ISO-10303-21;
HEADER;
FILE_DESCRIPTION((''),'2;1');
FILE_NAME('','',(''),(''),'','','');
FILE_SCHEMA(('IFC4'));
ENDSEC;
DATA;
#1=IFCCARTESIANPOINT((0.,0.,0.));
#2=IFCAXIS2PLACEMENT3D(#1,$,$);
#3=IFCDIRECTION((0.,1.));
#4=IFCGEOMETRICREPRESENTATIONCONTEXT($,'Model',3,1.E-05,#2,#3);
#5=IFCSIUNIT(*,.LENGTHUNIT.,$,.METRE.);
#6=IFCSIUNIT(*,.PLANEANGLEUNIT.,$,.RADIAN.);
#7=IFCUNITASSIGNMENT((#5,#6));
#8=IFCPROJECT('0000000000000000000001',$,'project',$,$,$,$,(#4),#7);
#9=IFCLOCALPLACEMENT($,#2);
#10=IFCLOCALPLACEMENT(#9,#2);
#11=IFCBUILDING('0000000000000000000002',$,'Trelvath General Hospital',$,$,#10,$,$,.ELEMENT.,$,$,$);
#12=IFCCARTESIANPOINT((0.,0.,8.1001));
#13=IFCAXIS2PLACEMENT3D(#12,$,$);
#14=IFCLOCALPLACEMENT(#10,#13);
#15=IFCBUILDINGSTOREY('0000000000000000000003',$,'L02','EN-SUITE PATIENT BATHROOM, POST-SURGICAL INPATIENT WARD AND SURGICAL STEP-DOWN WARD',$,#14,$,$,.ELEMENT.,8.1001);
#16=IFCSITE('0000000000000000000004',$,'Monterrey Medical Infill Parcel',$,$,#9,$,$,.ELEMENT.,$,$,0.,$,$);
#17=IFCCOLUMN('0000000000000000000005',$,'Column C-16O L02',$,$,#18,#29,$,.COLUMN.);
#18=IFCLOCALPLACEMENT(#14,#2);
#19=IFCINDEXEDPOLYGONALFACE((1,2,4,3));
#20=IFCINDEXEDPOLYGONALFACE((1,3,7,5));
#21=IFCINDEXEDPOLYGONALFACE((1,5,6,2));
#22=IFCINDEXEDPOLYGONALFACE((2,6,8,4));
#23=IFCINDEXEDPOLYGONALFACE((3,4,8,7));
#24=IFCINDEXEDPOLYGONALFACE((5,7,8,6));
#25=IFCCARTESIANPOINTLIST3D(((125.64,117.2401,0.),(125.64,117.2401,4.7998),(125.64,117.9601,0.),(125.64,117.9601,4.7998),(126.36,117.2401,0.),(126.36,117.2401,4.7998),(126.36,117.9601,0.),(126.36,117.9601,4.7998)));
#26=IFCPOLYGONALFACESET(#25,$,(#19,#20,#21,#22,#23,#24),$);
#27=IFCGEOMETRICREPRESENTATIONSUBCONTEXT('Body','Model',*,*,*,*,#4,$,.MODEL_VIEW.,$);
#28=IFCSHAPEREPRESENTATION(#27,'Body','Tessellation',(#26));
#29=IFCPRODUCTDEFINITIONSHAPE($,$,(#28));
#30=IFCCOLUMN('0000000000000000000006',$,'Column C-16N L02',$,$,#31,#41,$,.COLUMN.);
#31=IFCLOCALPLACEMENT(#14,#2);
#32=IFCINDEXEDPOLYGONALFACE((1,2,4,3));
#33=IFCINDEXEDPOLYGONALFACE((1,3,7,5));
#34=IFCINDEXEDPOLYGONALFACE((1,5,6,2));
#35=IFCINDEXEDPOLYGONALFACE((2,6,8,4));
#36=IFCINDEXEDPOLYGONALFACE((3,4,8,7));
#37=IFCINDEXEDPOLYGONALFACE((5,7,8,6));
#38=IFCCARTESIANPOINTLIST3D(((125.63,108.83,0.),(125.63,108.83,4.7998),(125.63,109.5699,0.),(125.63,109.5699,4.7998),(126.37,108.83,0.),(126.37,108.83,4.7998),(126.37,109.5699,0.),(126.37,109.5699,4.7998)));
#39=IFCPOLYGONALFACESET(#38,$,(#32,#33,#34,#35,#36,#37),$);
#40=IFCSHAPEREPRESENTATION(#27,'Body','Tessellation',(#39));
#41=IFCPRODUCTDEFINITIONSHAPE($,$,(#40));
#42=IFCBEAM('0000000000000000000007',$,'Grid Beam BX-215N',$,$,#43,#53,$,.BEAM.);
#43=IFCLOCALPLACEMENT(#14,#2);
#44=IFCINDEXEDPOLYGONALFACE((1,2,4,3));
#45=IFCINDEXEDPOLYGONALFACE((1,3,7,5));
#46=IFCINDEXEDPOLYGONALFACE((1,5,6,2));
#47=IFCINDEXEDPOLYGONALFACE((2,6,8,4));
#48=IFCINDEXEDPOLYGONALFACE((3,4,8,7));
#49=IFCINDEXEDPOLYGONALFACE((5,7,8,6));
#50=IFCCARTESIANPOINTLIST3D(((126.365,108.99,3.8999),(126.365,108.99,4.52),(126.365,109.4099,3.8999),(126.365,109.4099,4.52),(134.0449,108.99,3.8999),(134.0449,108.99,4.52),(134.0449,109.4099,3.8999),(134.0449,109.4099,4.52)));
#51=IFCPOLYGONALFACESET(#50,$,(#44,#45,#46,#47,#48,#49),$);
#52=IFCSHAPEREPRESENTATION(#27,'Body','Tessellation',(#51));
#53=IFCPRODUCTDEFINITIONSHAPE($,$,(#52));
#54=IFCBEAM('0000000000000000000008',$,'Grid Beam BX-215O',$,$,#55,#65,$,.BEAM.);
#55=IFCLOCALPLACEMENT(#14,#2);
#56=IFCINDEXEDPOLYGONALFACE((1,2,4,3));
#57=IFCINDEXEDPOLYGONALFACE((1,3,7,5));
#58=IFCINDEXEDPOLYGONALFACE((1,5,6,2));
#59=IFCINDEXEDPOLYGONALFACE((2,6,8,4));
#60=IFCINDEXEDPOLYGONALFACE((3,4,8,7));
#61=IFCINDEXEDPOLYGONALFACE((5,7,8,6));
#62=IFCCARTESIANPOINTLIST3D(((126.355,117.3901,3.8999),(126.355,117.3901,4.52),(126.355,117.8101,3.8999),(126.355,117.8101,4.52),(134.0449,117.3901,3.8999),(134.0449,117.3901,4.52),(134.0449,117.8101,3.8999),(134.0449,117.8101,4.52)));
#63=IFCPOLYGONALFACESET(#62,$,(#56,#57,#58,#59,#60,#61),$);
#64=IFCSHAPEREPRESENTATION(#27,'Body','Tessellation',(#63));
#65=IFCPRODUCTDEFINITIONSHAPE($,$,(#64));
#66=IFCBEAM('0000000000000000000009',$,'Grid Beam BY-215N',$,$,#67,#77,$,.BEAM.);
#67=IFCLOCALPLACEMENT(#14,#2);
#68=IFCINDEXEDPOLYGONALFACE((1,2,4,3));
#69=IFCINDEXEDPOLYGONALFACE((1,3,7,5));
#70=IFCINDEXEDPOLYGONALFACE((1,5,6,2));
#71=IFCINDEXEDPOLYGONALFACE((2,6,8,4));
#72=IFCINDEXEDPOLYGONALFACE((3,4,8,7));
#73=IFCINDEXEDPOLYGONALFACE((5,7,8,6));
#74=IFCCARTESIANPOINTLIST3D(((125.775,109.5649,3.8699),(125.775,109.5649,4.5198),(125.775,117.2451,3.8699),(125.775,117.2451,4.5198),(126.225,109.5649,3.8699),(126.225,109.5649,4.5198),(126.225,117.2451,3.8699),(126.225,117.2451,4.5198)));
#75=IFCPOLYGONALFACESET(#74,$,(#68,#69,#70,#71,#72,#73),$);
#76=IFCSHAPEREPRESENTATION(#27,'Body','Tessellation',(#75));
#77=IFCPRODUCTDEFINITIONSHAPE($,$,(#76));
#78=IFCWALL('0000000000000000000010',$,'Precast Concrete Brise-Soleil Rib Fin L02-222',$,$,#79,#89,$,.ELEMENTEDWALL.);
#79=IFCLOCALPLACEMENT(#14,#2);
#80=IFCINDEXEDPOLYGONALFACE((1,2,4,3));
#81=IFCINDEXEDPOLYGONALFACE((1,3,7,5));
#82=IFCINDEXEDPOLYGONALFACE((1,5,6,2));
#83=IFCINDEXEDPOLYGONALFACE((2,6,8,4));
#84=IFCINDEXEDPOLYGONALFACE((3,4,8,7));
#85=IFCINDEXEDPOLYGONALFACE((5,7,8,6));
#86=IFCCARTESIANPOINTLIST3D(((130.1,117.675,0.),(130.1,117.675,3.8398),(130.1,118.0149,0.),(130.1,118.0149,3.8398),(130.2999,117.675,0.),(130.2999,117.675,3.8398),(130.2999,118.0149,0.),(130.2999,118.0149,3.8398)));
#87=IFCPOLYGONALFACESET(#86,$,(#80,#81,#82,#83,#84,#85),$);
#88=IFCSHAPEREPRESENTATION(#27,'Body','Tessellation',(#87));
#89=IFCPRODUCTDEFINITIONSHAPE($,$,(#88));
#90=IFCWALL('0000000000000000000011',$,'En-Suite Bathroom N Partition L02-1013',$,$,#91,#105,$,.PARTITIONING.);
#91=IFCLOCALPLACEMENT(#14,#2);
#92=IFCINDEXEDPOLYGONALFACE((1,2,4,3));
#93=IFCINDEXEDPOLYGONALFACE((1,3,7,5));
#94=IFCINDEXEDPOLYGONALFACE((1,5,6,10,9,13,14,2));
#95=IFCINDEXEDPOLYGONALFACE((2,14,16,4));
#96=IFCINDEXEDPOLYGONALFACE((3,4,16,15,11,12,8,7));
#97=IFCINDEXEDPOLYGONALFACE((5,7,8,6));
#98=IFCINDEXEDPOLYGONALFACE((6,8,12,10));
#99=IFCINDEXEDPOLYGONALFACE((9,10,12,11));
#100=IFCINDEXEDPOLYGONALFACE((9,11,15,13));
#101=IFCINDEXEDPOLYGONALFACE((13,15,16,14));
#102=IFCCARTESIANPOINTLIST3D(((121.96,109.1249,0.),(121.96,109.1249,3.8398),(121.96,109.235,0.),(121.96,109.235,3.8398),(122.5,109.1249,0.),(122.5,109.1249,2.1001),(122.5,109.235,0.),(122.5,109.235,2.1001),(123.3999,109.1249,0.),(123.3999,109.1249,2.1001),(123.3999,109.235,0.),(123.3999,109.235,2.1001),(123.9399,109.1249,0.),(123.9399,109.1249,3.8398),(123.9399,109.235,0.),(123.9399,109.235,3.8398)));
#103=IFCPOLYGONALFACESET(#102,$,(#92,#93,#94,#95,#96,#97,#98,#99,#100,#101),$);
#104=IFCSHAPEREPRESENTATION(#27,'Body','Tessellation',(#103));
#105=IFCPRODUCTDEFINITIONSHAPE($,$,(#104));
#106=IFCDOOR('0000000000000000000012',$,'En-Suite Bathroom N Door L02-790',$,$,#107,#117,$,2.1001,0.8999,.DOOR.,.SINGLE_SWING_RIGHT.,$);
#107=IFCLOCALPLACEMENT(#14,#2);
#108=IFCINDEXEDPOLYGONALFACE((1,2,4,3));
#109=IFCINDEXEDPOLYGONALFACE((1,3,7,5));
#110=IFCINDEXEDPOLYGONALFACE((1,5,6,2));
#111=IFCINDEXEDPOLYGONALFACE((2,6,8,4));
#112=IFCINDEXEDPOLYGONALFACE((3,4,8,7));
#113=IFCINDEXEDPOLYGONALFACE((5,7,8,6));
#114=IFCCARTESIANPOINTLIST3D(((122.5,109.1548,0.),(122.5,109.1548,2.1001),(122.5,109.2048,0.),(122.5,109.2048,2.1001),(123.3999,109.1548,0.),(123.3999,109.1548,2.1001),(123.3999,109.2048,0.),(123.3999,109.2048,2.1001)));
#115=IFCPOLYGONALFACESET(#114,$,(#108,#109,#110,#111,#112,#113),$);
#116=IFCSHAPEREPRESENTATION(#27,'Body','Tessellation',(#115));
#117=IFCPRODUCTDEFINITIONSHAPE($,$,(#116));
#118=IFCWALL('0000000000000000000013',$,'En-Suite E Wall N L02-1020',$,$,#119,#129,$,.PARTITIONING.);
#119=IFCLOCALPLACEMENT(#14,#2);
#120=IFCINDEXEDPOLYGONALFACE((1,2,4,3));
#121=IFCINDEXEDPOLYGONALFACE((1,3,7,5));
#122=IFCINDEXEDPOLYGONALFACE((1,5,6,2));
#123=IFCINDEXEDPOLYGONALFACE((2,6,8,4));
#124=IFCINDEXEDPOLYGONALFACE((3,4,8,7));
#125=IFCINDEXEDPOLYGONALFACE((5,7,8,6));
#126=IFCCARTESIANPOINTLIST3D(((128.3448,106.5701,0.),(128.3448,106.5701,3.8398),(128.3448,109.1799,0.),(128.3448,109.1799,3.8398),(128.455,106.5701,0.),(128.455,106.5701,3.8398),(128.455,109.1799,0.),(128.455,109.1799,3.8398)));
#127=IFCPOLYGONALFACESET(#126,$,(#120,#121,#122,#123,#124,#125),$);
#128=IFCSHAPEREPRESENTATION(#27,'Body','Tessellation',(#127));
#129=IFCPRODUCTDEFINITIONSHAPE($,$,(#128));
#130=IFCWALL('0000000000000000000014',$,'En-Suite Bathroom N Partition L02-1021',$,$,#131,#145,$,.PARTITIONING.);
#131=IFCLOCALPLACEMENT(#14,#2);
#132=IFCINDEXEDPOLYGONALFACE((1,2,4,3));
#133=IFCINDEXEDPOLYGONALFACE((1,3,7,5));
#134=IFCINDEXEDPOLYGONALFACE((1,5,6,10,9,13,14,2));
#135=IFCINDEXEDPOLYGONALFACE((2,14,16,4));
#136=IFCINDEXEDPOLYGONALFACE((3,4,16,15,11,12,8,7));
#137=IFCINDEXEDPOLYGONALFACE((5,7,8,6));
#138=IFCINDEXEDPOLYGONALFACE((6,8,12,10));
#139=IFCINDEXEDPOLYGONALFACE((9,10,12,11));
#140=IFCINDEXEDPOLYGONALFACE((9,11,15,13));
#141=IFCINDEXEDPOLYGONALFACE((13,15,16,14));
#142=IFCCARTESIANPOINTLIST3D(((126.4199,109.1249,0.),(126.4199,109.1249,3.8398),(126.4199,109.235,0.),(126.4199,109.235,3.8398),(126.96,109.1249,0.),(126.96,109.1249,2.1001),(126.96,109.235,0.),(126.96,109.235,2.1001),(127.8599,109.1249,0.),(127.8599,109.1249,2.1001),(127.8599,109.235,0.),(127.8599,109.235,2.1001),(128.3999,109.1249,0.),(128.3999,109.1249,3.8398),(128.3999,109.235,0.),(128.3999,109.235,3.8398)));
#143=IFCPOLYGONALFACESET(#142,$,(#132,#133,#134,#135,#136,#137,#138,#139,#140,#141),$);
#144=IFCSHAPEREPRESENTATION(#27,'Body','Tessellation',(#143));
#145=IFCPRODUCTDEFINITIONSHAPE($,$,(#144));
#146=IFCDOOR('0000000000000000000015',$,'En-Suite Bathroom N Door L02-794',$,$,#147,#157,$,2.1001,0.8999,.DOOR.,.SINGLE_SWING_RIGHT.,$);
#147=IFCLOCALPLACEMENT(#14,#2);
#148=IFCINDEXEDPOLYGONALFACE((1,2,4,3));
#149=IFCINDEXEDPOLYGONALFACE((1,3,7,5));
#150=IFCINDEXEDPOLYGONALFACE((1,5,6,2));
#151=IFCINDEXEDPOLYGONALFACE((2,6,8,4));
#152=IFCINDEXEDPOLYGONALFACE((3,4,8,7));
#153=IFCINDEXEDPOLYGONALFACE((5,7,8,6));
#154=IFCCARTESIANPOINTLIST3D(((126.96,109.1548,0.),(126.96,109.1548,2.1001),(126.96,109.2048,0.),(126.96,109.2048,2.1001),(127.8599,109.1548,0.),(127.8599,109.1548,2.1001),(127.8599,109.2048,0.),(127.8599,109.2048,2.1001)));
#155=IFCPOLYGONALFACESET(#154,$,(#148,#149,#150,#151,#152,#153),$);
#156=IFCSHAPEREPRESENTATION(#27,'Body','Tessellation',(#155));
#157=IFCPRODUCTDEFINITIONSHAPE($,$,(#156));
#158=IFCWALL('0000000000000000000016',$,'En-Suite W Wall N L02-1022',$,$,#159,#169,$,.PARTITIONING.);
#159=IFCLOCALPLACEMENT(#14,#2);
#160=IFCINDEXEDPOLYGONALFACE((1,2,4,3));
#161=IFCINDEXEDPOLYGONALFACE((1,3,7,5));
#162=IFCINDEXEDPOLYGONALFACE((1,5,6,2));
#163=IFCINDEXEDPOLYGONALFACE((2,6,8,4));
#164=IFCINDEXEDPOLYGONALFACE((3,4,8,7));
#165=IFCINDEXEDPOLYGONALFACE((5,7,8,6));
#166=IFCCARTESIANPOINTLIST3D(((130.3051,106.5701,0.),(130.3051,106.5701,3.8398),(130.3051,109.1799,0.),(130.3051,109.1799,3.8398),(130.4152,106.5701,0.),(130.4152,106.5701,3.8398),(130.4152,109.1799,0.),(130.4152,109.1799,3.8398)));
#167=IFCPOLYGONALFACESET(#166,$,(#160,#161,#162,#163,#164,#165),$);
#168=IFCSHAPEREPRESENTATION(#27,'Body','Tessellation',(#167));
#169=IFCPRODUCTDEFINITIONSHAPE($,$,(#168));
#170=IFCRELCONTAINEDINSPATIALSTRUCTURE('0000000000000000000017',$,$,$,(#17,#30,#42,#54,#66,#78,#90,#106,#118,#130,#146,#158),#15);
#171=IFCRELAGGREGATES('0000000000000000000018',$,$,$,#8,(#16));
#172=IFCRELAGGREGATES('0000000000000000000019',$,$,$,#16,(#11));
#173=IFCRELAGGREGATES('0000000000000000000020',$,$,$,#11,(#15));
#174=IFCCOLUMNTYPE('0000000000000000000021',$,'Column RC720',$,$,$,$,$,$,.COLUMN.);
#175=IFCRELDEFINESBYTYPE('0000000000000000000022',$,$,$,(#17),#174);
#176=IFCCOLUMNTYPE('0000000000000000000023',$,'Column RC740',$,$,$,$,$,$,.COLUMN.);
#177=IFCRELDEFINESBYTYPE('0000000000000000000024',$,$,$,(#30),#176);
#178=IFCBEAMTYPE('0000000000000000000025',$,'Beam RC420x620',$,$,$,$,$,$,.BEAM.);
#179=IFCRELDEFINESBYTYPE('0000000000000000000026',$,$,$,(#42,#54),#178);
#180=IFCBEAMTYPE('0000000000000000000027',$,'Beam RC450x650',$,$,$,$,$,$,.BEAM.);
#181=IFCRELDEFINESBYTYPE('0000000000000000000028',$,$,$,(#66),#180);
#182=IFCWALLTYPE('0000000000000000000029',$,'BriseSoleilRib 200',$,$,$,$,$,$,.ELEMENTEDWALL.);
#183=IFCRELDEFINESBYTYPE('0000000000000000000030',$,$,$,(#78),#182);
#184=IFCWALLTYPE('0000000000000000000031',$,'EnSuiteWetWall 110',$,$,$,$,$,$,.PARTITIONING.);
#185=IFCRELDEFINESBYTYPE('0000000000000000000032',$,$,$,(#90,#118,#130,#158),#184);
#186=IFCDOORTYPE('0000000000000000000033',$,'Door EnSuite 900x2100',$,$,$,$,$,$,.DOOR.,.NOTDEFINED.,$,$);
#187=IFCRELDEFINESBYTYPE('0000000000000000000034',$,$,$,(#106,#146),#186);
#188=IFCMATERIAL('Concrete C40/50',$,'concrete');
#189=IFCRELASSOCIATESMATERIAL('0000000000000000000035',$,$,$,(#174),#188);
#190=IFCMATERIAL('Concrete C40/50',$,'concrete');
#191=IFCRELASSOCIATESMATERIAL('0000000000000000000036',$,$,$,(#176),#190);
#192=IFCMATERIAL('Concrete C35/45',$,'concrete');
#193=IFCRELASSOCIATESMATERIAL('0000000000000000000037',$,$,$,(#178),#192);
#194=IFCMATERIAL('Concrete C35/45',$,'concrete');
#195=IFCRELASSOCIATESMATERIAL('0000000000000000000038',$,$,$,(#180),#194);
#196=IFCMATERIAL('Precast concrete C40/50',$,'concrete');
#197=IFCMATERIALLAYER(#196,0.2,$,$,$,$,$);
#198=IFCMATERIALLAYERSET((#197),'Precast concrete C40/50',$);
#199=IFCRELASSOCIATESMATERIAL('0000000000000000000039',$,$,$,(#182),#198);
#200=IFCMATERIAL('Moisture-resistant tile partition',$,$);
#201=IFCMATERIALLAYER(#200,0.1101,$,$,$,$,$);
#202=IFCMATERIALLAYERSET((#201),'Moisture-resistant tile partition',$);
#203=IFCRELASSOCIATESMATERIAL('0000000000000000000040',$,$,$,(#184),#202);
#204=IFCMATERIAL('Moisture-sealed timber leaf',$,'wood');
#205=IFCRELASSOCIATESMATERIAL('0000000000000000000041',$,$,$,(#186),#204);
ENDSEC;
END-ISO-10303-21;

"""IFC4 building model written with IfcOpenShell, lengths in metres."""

from ifc_helpers import new_model, si_unit, direction, frame, frame_2d, origin, origin_2d, place, context, subcontext, project, spatial, rectangle, extrude, material, layer, layer_set, material_profile, profile_set, type_object, element, fill, save


model = new_model("IFC4")

# Units and contexts
model_context = context("Model", 3, precision=1e-05, world=origin(), true_north=direction((0.0, 1.0)))
body_context = subcontext(model_context, "Body", "Model", "MODEL_VIEW")
ifc_project = project(units=[si_unit("LENGTHUNIT", "METRE"), si_unit("PLANEANGLEUNIT", "RADIAN")], contexts=[model_context])

# Site, building, storey
site_placement = place(None, origin())
site = spatial("IfcSite", under=ifc_project, at=site_placement, Name="Monterrey Medical Infill Parcel", CompositionType="ELEMENT", RefElevation=0.0)
building_placement = place(site_placement, origin())
building = spatial("IfcBuilding", under=site, at=building_placement, Name="Trelvath General Hospital", CompositionType="ELEMENT")
storey_placement = place(building_placement, frame((0.0, 0.0, 8.1001)))
storey = spatial("IfcBuildingStorey", under=building, at=storey_placement, Name="L02", Description="EN-SUITE PATIENT BATHROOM, POST-SURGICAL INPATIENT WARD AND SURGICAL STEP-DOWN WARD", CompositionType="ELEMENT", Elevation=8.1001)

# Columns
ifc_material_1 = material(Name="Concrete C40/50", Category="concrete")
ifc_material_profile_1 = material_profile(ifc_material_1, rectangle(XDim=0.72, YDim=0.72, at=origin_2d()), Name="RC720x720")
ifc_profile_set_1 = profile_set([ifc_material_profile_1], Name="Concrete C40/50")
column_type_1 = type_object("IfcColumnType", Name="Column RC720", PredefinedType="COLUMN", material=ifc_profile_set_1)
column_1_placement = place(storey_placement, frame((126.0, 117.6001, 0.0), z_axis=(0.0, 0.0, 1.0), x_axis=(1.0, 0.0, 0.0)))
element("IfcColumn", 1, at=column_1_placement, inside=storey, type_object=column_type_1, Name="Column C-16O L02", PredefinedType="COLUMN", context=body_context, shape_type="SweptSolid", body=[
    extrude(rectangle(XDim=0.72, YDim=0.72, at=origin_2d()), origin(), (0.0, 0.0, 1.0), 4.7998),
])
ifc_material_2 = material(Name="Concrete C40/50", Category="concrete")
ifc_material_profile_2 = material_profile(ifc_material_2, rectangle(XDim=0.74, YDim=0.74, at=origin_2d()), Name="RC740x740")
ifc_profile_set_2 = profile_set([ifc_material_profile_2], Name="Concrete C40/50")
column_type_2 = type_object("IfcColumnType", Name="Column RC740", PredefinedType="COLUMN", material=ifc_profile_set_2)
column_2_placement = place(storey_placement, frame((126.0, 109.2, 0.0), z_axis=(0.0, 0.0, 1.0), x_axis=(1.0, 0.0, 0.0)))
element("IfcColumn", 2, at=column_2_placement, inside=storey, type_object=column_type_2, Name="Column C-16N L02", PredefinedType="COLUMN", context=body_context, shape_type="SweptSolid", body=[
    extrude(rectangle(XDim=0.74, YDim=0.74, at=origin_2d()), origin(), (0.0, 0.0, 1.0), 4.7998),
])

# Beams
ifc_material_3 = material(Name="Concrete C35/45", Category="concrete")
ifc_material_profile_3 = material_profile(ifc_material_3, rectangle(XDim=0.4199, YDim=0.6201, at=origin_2d()), Name="RCB420x620")
ifc_profile_set_3 = profile_set([ifc_material_profile_3], Name="Concrete C35/45")
beam_type_1 = type_object("IfcBeamType", Name="Beam RC420x620", PredefinedType="BEAM", material=ifc_profile_set_3)
beam_1_placement = place(storey_placement, frame((126.365, 109.2, 4.21), z_axis=(1.0, 0.0, 0.0), x_axis=(0.0, 1.0, 0.0)))
element("IfcBeam", 3, at=beam_1_placement, inside=storey, type_object=beam_type_1, Name="Grid Beam BX-215N", PredefinedType="BEAM", context=body_context, shape_type="SweptSolid", body=[
    extrude(rectangle(XDim=0.4199, YDim=0.6201, at=origin_2d()), origin(), (0.0, 0.0, 1.0), 7.6799),
])
beam_2_placement = place(storey_placement, frame((126.355, 117.6001, 4.21), z_axis=(1.0, 0.0, 0.0), x_axis=(0.0, 1.0, 0.0)))
element("IfcBeam", 4, at=beam_2_placement, inside=storey, type_object=beam_type_1, Name="Grid Beam BX-215O", PredefinedType="BEAM", context=body_context, shape_type="SweptSolid", body=[
    extrude(rectangle(XDim=0.4199, YDim=0.6201, at=origin_2d()), origin(), (0.0, 0.0, 1.0), 7.6899),
])
ifc_material_4 = material(Name="Concrete C35/45", Category="concrete")
ifc_material_profile_4 = material_profile(ifc_material_4, rectangle(XDim=0.45, YDim=0.6499, at=origin_2d()), Name="RCB450x650")
ifc_profile_set_4 = profile_set([ifc_material_profile_4], Name="Concrete C35/45")
beam_type_2 = type_object("IfcBeamType", Name="Beam RC450x650", PredefinedType="BEAM", material=ifc_profile_set_4)
beam_3_placement = place(storey_placement, frame((126.0, 109.5649, 4.1948), z_axis=(0.0, 1.0, 0.0), x_axis=(-1.0, 0.0, 0.0)))
element("IfcBeam", 5, at=beam_3_placement, inside=storey, type_object=beam_type_2, Name="Grid Beam BY-215N", PredefinedType="BEAM", context=body_context, shape_type="SweptSolid", body=[
    extrude(rectangle(XDim=0.45, YDim=0.6499, at=origin_2d()), origin(), (0.0, 0.0, 1.0), 7.6802),
])

# Wall
ifc_material_5 = material(Name="Precast concrete C40/50", Category="concrete")
ifc_layer_1 = layer(ifc_material_5, 0.2)
ifc_layer_set_1 = layer_set([ifc_layer_1], Name="Precast concrete C40/50")
wall_type_1 = type_object("IfcWallType", Name="BriseSoleilRib 200", PredefinedType="ELEMENTEDWALL", material=ifc_layer_set_1)
wall_1_placement = place(storey_placement, frame((130.2, 117.675, 0.0), z_axis=(0.0, 0.0, 1.0), x_axis=(0.0, 1.0, 0.0)))
element("IfcWall", 6, at=wall_1_placement, inside=storey, type_object=wall_type_1, Name="Precast Concrete Brise-Soleil Rib Fin L02-222", PredefinedType="ELEMENTEDWALL", context=body_context, shape_type="SweptSolid", body=[
    extrude(rectangle(XDim=0.3398, YDim=0.2, at=frame_2d((0.1699, 0.0))), origin(), (0.0, 0.0, 1.0), 3.8398),
])

# Wall, opening, door
ifc_material_6 = material(Name="Moisture-resistant tile partition")
ifc_layer_2 = layer(ifc_material_6, 0.1101)
ifc_layer_set_2 = layer_set([ifc_layer_2], Name="Moisture-resistant tile partition")
wall_type_2 = type_object("IfcWallType", Name="EnSuiteWetWall 110", PredefinedType="PARTITIONING", material=ifc_layer_set_2)
wall_2_placement = place(storey_placement, frame((121.96, 109.1799, 0.0), z_axis=(0.0, 0.0, 1.0), x_axis=(1.0, 0.0, 0.0)))
wall_2 = element("IfcWall", 7, at=wall_2_placement, inside=storey, type_object=wall_type_2, Name="En-Suite Bathroom N Partition L02-1013", PredefinedType="PARTITIONING", context=body_context, shape_type="SweptSolid", body=[
    extrude(rectangle(XDim=1.98, YDim=0.1101, at=frame_2d((0.99, 0.0))), origin(), (0.0, 0.0, 1.0), 3.8398),
])
opening_1_placement = place(wall_2_placement, frame((0.54, 0.0, 0.0)))
opening_1 = element("IfcOpeningElement", 8, at=opening_1_placement, cuts=wall_2, PredefinedType="OPENING", context=body_context, shape_type="SweptSolid", body=[
    extrude(rectangle(XDim=0.8999, YDim=2.1001, at=frame_2d((0.45, 1.05))), frame((0.0, 0.0649, 0.0), z_axis=(0.0, -1.0, 0.0), x_axis=(1.0, 0.0, 0.0)), (0.0, 0.0, 1.0), 0.1301),
])
ifc_material_7 = material(Name="Moisture-sealed timber leaf", Category="wood")
door_type = type_object("IfcDoorType", Name="Door EnSuite 900x2100", OperationType="NOTDEFINED", PredefinedType="DOOR", material=ifc_material_7)
door_1_placement = place(opening_1_placement, origin())
door_1 = element("IfcDoor", 9, at=door_1_placement, inside=storey, type_object=door_type, Name="En-Suite Bathroom N Door L02-790", OperationType="SINGLE_SWING_RIGHT", OverallHeight=2.1001, OverallWidth=0.8999, PredefinedType="DOOR", context=body_context, shape_type="SweptSolid", body=[
    extrude(rectangle(XDim=0.8999, YDim=2.1001, at=frame_2d((0.45, 1.05))), frame((0.0, 0.0249, 0.0), z_axis=(0.0, -1.0, 0.0), x_axis=(1.0, 0.0, 0.0)), (0.0, 0.0, 1.0), 0.05),
])
fill(opening_1, door_1)

# Wall
wall_3_placement = place(storey_placement, frame((128.3999, 106.5701, 0.0), z_axis=(0.0, 0.0, 1.0), x_axis=(0.0, 1.0, 0.0)))
element("IfcWall", 10, at=wall_3_placement, inside=storey, type_object=wall_type_2, Name="En-Suite E Wall N L02-1020", PredefinedType="PARTITIONING", context=body_context, shape_type="SweptSolid", body=[
    extrude(rectangle(XDim=2.6099, YDim=0.1101, at=frame_2d((1.3049, 0.0))), origin(), (0.0, 0.0, 1.0), 3.8398),
])

# Wall, opening, door
wall_4_placement = place(storey_placement, frame((126.4199, 109.1799, 0.0), z_axis=(0.0, 0.0, 1.0), x_axis=(1.0, 0.0, 0.0)))
wall_4 = element("IfcWall", 11, at=wall_4_placement, inside=storey, type_object=wall_type_2, Name="En-Suite Bathroom N Partition L02-1021", PredefinedType="PARTITIONING", context=body_context, shape_type="SweptSolid", body=[
    extrude(rectangle(XDim=1.98, YDim=0.1101, at=frame_2d((0.99, 0.0))), origin(), (0.0, 0.0, 1.0), 3.8398),
])
opening_2_placement = place(wall_4_placement, frame((0.54, 0.0, 0.0)))
opening_2 = element("IfcOpeningElement", 12, at=opening_2_placement, cuts=wall_4, PredefinedType="OPENING", context=body_context, shape_type="SweptSolid", body=[
    extrude(rectangle(XDim=0.8999, YDim=2.1001, at=frame_2d((0.45, 1.05))), frame((0.0, 0.0649, 0.0), z_axis=(0.0, -1.0, 0.0), x_axis=(1.0, 0.0, 0.0)), (0.0, 0.0, 1.0), 0.1301),
])
door_2_placement = place(opening_2_placement, origin())
door_2 = element("IfcDoor", 13, at=door_2_placement, inside=storey, type_object=door_type, Name="En-Suite Bathroom N Door L02-794", OperationType="SINGLE_SWING_RIGHT", OverallHeight=2.1001, OverallWidth=0.8999, PredefinedType="DOOR", context=body_context, shape_type="SweptSolid", body=[
    extrude(rectangle(XDim=0.8999, YDim=2.1001, at=frame_2d((0.45, 1.05))), frame((0.0, 0.0249, 0.0), z_axis=(0.0, -1.0, 0.0), x_axis=(1.0, 0.0, 0.0)), (0.0, 0.0, 1.0), 0.05),
])
fill(opening_2, door_2)

# Wall
for number, where, z_axis, x_axis, name in (
    (14, (130.3601, 106.5701, 0.0), (0.0, 0.0, 1.0), (0.0, 1.0, 0.0), "En-Suite W Wall N L02-1022"),
):
    element("IfcWall", number, at=place(storey_placement, frame(where, z_axis=z_axis, x_axis=x_axis)), inside=storey, type_object=wall_type_2, Name=name, PredefinedType="PARTITIONING", context=body_context, shape_type="SweptSolid", body=[
        extrude(rectangle(XDim=2.6099, YDim=0.1101, at=frame_2d((1.3049, 0.0))), origin(), (0.0, 0.0, 1.0), 3.8398),
    ])

save(model, "model.ifc")
